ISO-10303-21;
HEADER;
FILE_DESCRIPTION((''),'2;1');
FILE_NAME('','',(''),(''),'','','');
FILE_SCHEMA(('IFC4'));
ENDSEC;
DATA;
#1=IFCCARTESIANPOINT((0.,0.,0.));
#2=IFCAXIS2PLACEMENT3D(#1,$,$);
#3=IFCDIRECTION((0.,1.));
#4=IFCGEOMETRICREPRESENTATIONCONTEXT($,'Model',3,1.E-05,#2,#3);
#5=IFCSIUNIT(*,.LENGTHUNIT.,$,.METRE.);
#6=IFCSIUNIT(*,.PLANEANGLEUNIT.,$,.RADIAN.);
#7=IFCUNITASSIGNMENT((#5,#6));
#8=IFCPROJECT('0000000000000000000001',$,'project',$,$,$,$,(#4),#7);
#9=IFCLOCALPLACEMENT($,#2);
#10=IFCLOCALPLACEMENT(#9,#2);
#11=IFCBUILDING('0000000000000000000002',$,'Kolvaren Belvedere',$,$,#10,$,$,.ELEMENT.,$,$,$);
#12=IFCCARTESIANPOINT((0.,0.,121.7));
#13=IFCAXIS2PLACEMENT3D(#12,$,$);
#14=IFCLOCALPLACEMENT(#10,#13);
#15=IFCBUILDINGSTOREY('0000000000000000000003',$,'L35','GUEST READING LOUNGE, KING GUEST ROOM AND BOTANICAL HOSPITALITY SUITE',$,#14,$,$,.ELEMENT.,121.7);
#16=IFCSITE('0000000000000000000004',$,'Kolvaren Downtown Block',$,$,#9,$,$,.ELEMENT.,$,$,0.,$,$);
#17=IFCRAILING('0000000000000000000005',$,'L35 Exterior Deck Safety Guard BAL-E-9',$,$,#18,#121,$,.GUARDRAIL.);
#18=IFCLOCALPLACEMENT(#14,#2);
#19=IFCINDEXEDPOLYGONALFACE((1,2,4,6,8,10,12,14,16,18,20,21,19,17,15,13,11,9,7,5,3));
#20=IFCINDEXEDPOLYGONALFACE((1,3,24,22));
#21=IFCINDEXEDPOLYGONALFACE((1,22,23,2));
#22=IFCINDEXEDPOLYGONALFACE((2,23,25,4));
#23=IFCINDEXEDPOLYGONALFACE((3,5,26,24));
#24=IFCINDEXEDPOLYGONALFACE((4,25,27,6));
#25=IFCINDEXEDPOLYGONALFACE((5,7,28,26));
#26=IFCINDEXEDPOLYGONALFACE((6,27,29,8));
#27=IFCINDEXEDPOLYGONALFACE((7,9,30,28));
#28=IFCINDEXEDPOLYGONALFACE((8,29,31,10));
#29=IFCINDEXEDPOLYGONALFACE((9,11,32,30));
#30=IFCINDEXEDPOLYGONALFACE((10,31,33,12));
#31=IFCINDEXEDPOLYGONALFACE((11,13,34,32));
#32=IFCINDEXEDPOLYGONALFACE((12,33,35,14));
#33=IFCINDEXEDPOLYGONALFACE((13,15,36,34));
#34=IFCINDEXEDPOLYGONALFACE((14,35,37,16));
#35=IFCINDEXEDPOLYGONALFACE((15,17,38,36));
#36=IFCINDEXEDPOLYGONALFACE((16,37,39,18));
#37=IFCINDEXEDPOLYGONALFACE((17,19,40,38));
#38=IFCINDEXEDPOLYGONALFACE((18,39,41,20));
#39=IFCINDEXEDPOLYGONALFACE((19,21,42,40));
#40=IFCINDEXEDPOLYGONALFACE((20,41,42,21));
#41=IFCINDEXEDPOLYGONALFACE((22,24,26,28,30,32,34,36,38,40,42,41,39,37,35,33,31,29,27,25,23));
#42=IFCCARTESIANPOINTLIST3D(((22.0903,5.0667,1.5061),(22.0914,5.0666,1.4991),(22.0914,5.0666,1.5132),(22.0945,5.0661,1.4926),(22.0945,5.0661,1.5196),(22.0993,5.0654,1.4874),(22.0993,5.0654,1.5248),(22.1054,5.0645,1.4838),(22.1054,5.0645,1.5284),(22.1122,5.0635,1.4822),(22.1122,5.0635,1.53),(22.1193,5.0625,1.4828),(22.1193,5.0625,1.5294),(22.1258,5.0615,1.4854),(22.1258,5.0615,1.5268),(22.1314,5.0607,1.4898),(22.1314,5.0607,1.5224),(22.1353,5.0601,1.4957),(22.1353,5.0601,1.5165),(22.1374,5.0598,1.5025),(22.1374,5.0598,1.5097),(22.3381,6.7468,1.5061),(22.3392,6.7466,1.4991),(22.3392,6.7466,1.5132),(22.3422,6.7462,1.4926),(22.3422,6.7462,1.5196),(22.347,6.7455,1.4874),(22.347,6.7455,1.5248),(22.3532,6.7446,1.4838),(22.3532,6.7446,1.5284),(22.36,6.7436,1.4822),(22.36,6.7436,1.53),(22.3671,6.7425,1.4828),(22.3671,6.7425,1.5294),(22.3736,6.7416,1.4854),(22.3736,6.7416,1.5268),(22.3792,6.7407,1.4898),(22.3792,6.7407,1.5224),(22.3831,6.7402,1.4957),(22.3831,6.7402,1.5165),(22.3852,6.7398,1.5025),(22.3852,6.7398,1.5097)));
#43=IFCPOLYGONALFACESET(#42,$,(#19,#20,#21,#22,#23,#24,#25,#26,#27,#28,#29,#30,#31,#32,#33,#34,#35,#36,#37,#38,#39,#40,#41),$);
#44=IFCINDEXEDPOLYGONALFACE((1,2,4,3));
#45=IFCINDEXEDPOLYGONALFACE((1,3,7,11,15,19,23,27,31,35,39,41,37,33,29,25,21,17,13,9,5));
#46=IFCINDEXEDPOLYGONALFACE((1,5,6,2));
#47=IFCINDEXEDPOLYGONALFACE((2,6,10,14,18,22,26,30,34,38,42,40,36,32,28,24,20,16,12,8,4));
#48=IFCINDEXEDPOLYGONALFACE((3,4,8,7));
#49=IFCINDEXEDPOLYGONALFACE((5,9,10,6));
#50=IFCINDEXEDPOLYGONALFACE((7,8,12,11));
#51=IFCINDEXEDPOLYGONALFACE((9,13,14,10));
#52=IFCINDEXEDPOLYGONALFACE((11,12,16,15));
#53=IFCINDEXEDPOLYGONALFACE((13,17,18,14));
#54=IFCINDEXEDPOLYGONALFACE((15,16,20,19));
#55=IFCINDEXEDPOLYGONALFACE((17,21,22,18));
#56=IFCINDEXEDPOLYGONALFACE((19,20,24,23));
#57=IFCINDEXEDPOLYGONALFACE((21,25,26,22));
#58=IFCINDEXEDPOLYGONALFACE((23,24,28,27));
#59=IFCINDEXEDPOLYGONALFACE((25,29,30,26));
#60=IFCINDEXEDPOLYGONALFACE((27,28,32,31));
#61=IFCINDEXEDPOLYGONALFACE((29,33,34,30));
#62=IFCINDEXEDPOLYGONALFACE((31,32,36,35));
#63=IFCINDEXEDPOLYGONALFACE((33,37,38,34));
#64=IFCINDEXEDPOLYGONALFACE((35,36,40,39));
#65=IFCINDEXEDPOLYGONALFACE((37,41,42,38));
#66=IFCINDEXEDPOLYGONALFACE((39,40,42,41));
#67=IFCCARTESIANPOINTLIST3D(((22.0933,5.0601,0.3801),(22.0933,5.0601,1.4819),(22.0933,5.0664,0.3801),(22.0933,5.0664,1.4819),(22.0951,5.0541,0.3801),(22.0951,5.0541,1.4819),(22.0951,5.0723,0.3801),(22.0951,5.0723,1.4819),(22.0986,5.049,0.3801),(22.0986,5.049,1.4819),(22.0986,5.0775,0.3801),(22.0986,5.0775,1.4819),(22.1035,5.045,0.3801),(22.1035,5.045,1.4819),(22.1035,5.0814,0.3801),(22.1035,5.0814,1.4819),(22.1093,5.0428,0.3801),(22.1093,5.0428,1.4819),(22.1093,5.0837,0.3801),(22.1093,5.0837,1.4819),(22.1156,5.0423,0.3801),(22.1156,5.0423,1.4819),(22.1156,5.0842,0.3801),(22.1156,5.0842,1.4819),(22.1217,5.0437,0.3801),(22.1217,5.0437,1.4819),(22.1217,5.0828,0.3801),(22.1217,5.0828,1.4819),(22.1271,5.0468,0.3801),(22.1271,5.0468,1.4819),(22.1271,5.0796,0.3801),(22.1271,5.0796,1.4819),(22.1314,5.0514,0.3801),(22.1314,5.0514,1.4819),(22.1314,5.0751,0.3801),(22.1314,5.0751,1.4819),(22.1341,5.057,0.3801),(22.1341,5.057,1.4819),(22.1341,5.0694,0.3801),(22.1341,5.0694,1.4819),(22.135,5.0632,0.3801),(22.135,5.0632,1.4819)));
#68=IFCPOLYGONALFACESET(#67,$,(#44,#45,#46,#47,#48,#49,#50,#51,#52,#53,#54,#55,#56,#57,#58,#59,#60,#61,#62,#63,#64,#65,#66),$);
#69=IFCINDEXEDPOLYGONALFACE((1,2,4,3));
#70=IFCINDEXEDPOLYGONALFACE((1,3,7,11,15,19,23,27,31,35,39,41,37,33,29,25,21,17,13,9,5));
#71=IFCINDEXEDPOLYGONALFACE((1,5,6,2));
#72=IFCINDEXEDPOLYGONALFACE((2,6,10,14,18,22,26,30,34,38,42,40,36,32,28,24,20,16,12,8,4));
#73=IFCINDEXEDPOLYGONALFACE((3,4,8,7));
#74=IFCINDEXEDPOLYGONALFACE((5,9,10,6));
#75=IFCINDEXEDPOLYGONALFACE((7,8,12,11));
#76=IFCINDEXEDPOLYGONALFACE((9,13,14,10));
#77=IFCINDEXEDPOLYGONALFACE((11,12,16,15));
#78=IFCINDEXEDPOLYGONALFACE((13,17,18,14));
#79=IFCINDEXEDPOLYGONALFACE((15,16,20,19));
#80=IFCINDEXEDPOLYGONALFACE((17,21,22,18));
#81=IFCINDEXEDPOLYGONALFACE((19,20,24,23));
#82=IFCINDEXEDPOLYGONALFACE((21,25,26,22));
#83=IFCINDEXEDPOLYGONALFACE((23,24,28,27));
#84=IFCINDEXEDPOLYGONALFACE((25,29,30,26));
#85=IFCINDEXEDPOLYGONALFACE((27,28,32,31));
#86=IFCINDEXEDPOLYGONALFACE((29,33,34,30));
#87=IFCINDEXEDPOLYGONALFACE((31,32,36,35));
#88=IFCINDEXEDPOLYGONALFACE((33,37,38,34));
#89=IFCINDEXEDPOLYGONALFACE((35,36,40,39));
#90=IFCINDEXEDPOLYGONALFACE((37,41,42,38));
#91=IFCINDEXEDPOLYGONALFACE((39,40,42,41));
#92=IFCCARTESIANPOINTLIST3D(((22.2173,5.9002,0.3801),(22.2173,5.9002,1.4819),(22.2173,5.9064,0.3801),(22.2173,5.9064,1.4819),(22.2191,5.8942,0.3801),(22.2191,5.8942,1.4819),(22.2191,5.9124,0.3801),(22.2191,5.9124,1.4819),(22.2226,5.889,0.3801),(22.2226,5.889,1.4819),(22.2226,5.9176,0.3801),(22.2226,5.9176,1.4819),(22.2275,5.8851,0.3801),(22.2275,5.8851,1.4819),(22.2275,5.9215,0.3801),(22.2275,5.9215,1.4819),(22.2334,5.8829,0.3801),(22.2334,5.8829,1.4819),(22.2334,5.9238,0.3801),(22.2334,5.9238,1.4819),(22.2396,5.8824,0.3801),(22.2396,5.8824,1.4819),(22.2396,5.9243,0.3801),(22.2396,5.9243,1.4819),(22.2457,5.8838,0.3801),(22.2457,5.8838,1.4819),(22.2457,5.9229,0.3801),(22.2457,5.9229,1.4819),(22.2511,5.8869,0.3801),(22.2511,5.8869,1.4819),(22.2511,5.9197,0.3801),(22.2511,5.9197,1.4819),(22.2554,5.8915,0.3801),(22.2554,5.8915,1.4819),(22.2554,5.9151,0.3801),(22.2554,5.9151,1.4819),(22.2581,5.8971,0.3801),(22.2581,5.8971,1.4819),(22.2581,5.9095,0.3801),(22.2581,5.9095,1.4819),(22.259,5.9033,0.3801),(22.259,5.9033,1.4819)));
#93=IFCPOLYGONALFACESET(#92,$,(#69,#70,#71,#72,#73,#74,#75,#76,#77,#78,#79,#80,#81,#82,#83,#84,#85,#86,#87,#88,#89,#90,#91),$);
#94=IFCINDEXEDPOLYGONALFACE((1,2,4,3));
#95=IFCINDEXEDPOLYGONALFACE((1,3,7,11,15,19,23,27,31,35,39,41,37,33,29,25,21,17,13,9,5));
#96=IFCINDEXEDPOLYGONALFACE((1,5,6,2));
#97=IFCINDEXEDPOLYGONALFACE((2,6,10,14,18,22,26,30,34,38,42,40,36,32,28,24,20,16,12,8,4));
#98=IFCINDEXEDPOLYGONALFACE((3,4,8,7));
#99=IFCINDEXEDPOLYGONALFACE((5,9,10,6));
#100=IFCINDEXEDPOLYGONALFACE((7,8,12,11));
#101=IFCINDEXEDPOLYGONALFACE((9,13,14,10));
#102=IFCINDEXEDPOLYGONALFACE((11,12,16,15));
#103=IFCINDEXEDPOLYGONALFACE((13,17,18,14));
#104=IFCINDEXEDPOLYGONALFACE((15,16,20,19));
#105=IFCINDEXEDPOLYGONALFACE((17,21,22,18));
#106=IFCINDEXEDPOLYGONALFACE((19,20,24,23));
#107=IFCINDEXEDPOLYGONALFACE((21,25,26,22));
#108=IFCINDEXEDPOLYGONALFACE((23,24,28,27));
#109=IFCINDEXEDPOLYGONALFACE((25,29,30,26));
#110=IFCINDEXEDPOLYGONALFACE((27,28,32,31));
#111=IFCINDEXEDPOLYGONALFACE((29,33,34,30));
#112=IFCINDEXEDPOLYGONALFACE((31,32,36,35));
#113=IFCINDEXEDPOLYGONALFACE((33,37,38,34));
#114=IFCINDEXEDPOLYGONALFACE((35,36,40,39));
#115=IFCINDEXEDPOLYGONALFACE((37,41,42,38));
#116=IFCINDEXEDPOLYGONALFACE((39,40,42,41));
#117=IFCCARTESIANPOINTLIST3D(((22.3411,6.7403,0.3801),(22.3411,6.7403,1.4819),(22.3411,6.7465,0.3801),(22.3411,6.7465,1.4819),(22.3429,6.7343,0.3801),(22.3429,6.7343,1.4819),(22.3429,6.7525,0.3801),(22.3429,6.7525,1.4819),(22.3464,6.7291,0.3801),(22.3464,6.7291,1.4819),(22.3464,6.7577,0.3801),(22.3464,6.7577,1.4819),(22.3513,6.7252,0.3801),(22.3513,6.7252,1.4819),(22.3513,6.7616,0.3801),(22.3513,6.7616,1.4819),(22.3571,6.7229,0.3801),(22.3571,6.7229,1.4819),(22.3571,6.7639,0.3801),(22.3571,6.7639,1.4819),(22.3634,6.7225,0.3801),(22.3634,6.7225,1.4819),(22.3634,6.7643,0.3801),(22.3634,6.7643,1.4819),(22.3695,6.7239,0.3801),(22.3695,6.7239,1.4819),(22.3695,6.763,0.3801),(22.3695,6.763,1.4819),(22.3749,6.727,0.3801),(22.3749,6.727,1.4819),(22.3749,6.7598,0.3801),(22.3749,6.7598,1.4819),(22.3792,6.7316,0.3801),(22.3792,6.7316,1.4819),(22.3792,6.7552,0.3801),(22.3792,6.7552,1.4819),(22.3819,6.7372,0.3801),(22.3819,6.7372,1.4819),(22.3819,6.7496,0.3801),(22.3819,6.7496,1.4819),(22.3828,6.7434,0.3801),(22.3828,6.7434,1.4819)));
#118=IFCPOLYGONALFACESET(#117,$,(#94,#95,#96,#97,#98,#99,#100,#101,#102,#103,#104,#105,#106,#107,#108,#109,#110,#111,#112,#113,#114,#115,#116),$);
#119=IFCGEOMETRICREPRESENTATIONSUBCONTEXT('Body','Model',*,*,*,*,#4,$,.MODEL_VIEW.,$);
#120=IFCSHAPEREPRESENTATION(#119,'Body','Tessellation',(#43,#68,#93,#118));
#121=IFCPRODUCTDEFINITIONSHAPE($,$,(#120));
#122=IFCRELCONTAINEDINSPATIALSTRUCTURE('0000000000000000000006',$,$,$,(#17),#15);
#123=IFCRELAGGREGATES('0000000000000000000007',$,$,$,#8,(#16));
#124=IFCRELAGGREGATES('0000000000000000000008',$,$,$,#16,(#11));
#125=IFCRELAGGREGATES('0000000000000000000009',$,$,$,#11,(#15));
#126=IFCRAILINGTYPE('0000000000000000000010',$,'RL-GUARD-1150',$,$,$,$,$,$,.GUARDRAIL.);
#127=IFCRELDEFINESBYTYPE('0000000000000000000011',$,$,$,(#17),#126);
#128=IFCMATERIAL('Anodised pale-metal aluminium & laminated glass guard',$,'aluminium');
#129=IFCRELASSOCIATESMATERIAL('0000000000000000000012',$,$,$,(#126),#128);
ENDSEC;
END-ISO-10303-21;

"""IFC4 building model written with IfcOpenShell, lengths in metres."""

from ifc_helpers import new_model, si_unit, direction, frame, origin, origin_2d, place, context, subcontext, project, spatial, circle, extrude, material, type_object, element, save


model = new_model("IFC4")

# Units and contexts
model_context = context("Model", 3, precision=1e-05, world=origin(), true_north=direction((0.0, 1.0)))
body_context = subcontext(model_context, "Body", "Model", "MODEL_VIEW")
ifc_project = project(units=[si_unit("LENGTHUNIT", "METRE"), si_unit("PLANEANGLEUNIT", "RADIAN")], contexts=[model_context])

# Site, building, storey
site_placement = place(None, origin())
site = spatial("IfcSite", under=ifc_project, at=site_placement, Name="Kolvaren Downtown Block", CompositionType="ELEMENT", RefElevation=0.0)
building_placement = place(site_placement, origin())
building = spatial("IfcBuilding", under=site, at=building_placement, Name="Kolvaren Belvedere", CompositionType="ELEMENT")
storey_placement = place(building_placement, frame((0.0, 0.0, 121.7)))
storey = spatial("IfcBuildingStorey", under=building, at=storey_placement, Name="L35", Description="GUEST READING LOUNGE, KING GUEST ROOM AND BOTANICAL HOSPITALITY SUITE", CompositionType="ELEMENT", Elevation=121.7)

# Railing
ifc_material_1 = material(Name="Anodised pale-metal aluminium & laminated glass guard", Category="aluminium")
railing_type = type_object("IfcRailingType", Name="RL-GUARD-1150", PredefinedType="GUARDRAIL", material=ifc_material_1)
railing_1_placement = place(storey_placement, frame((22.114, 5.0632, 0.3801)))
element("IfcRailing", 1, at=railing_1_placement, inside=storey, type_object=railing_type, Name="L35 Exterior Deck Safety Guard BAL-E-9", PredefinedType="GUARDRAIL", context=body_context, shape_type="SweptSolid", body=[
    extrude(circle(Radius=0.0239, at=origin_2d()), frame((0.0, 0.0, 1.126), z_axis=(0.145908, 0.989298, 0.0), x_axis=(-0.989298, 0.145908, 0.0)), (0.0, 0.0, 1.0), 1.6982),
    extrude(circle(Radius=0.021, at=origin_2d()), origin(), (0.0, 0.0, 1.0), 1.1018),
    extrude(circle(Radius=0.021, at=origin_2d()), frame((0.124, 0.8401, 0.0)), (0.0, 0.0, 1.0), 1.1018),
    extrude(circle(Radius=0.021, at=origin_2d()), frame((0.2478, 1.6802, 0.0)), (0.0, 0.0, 1.0), 1.1018),
])

save(model, "model.ifc")
